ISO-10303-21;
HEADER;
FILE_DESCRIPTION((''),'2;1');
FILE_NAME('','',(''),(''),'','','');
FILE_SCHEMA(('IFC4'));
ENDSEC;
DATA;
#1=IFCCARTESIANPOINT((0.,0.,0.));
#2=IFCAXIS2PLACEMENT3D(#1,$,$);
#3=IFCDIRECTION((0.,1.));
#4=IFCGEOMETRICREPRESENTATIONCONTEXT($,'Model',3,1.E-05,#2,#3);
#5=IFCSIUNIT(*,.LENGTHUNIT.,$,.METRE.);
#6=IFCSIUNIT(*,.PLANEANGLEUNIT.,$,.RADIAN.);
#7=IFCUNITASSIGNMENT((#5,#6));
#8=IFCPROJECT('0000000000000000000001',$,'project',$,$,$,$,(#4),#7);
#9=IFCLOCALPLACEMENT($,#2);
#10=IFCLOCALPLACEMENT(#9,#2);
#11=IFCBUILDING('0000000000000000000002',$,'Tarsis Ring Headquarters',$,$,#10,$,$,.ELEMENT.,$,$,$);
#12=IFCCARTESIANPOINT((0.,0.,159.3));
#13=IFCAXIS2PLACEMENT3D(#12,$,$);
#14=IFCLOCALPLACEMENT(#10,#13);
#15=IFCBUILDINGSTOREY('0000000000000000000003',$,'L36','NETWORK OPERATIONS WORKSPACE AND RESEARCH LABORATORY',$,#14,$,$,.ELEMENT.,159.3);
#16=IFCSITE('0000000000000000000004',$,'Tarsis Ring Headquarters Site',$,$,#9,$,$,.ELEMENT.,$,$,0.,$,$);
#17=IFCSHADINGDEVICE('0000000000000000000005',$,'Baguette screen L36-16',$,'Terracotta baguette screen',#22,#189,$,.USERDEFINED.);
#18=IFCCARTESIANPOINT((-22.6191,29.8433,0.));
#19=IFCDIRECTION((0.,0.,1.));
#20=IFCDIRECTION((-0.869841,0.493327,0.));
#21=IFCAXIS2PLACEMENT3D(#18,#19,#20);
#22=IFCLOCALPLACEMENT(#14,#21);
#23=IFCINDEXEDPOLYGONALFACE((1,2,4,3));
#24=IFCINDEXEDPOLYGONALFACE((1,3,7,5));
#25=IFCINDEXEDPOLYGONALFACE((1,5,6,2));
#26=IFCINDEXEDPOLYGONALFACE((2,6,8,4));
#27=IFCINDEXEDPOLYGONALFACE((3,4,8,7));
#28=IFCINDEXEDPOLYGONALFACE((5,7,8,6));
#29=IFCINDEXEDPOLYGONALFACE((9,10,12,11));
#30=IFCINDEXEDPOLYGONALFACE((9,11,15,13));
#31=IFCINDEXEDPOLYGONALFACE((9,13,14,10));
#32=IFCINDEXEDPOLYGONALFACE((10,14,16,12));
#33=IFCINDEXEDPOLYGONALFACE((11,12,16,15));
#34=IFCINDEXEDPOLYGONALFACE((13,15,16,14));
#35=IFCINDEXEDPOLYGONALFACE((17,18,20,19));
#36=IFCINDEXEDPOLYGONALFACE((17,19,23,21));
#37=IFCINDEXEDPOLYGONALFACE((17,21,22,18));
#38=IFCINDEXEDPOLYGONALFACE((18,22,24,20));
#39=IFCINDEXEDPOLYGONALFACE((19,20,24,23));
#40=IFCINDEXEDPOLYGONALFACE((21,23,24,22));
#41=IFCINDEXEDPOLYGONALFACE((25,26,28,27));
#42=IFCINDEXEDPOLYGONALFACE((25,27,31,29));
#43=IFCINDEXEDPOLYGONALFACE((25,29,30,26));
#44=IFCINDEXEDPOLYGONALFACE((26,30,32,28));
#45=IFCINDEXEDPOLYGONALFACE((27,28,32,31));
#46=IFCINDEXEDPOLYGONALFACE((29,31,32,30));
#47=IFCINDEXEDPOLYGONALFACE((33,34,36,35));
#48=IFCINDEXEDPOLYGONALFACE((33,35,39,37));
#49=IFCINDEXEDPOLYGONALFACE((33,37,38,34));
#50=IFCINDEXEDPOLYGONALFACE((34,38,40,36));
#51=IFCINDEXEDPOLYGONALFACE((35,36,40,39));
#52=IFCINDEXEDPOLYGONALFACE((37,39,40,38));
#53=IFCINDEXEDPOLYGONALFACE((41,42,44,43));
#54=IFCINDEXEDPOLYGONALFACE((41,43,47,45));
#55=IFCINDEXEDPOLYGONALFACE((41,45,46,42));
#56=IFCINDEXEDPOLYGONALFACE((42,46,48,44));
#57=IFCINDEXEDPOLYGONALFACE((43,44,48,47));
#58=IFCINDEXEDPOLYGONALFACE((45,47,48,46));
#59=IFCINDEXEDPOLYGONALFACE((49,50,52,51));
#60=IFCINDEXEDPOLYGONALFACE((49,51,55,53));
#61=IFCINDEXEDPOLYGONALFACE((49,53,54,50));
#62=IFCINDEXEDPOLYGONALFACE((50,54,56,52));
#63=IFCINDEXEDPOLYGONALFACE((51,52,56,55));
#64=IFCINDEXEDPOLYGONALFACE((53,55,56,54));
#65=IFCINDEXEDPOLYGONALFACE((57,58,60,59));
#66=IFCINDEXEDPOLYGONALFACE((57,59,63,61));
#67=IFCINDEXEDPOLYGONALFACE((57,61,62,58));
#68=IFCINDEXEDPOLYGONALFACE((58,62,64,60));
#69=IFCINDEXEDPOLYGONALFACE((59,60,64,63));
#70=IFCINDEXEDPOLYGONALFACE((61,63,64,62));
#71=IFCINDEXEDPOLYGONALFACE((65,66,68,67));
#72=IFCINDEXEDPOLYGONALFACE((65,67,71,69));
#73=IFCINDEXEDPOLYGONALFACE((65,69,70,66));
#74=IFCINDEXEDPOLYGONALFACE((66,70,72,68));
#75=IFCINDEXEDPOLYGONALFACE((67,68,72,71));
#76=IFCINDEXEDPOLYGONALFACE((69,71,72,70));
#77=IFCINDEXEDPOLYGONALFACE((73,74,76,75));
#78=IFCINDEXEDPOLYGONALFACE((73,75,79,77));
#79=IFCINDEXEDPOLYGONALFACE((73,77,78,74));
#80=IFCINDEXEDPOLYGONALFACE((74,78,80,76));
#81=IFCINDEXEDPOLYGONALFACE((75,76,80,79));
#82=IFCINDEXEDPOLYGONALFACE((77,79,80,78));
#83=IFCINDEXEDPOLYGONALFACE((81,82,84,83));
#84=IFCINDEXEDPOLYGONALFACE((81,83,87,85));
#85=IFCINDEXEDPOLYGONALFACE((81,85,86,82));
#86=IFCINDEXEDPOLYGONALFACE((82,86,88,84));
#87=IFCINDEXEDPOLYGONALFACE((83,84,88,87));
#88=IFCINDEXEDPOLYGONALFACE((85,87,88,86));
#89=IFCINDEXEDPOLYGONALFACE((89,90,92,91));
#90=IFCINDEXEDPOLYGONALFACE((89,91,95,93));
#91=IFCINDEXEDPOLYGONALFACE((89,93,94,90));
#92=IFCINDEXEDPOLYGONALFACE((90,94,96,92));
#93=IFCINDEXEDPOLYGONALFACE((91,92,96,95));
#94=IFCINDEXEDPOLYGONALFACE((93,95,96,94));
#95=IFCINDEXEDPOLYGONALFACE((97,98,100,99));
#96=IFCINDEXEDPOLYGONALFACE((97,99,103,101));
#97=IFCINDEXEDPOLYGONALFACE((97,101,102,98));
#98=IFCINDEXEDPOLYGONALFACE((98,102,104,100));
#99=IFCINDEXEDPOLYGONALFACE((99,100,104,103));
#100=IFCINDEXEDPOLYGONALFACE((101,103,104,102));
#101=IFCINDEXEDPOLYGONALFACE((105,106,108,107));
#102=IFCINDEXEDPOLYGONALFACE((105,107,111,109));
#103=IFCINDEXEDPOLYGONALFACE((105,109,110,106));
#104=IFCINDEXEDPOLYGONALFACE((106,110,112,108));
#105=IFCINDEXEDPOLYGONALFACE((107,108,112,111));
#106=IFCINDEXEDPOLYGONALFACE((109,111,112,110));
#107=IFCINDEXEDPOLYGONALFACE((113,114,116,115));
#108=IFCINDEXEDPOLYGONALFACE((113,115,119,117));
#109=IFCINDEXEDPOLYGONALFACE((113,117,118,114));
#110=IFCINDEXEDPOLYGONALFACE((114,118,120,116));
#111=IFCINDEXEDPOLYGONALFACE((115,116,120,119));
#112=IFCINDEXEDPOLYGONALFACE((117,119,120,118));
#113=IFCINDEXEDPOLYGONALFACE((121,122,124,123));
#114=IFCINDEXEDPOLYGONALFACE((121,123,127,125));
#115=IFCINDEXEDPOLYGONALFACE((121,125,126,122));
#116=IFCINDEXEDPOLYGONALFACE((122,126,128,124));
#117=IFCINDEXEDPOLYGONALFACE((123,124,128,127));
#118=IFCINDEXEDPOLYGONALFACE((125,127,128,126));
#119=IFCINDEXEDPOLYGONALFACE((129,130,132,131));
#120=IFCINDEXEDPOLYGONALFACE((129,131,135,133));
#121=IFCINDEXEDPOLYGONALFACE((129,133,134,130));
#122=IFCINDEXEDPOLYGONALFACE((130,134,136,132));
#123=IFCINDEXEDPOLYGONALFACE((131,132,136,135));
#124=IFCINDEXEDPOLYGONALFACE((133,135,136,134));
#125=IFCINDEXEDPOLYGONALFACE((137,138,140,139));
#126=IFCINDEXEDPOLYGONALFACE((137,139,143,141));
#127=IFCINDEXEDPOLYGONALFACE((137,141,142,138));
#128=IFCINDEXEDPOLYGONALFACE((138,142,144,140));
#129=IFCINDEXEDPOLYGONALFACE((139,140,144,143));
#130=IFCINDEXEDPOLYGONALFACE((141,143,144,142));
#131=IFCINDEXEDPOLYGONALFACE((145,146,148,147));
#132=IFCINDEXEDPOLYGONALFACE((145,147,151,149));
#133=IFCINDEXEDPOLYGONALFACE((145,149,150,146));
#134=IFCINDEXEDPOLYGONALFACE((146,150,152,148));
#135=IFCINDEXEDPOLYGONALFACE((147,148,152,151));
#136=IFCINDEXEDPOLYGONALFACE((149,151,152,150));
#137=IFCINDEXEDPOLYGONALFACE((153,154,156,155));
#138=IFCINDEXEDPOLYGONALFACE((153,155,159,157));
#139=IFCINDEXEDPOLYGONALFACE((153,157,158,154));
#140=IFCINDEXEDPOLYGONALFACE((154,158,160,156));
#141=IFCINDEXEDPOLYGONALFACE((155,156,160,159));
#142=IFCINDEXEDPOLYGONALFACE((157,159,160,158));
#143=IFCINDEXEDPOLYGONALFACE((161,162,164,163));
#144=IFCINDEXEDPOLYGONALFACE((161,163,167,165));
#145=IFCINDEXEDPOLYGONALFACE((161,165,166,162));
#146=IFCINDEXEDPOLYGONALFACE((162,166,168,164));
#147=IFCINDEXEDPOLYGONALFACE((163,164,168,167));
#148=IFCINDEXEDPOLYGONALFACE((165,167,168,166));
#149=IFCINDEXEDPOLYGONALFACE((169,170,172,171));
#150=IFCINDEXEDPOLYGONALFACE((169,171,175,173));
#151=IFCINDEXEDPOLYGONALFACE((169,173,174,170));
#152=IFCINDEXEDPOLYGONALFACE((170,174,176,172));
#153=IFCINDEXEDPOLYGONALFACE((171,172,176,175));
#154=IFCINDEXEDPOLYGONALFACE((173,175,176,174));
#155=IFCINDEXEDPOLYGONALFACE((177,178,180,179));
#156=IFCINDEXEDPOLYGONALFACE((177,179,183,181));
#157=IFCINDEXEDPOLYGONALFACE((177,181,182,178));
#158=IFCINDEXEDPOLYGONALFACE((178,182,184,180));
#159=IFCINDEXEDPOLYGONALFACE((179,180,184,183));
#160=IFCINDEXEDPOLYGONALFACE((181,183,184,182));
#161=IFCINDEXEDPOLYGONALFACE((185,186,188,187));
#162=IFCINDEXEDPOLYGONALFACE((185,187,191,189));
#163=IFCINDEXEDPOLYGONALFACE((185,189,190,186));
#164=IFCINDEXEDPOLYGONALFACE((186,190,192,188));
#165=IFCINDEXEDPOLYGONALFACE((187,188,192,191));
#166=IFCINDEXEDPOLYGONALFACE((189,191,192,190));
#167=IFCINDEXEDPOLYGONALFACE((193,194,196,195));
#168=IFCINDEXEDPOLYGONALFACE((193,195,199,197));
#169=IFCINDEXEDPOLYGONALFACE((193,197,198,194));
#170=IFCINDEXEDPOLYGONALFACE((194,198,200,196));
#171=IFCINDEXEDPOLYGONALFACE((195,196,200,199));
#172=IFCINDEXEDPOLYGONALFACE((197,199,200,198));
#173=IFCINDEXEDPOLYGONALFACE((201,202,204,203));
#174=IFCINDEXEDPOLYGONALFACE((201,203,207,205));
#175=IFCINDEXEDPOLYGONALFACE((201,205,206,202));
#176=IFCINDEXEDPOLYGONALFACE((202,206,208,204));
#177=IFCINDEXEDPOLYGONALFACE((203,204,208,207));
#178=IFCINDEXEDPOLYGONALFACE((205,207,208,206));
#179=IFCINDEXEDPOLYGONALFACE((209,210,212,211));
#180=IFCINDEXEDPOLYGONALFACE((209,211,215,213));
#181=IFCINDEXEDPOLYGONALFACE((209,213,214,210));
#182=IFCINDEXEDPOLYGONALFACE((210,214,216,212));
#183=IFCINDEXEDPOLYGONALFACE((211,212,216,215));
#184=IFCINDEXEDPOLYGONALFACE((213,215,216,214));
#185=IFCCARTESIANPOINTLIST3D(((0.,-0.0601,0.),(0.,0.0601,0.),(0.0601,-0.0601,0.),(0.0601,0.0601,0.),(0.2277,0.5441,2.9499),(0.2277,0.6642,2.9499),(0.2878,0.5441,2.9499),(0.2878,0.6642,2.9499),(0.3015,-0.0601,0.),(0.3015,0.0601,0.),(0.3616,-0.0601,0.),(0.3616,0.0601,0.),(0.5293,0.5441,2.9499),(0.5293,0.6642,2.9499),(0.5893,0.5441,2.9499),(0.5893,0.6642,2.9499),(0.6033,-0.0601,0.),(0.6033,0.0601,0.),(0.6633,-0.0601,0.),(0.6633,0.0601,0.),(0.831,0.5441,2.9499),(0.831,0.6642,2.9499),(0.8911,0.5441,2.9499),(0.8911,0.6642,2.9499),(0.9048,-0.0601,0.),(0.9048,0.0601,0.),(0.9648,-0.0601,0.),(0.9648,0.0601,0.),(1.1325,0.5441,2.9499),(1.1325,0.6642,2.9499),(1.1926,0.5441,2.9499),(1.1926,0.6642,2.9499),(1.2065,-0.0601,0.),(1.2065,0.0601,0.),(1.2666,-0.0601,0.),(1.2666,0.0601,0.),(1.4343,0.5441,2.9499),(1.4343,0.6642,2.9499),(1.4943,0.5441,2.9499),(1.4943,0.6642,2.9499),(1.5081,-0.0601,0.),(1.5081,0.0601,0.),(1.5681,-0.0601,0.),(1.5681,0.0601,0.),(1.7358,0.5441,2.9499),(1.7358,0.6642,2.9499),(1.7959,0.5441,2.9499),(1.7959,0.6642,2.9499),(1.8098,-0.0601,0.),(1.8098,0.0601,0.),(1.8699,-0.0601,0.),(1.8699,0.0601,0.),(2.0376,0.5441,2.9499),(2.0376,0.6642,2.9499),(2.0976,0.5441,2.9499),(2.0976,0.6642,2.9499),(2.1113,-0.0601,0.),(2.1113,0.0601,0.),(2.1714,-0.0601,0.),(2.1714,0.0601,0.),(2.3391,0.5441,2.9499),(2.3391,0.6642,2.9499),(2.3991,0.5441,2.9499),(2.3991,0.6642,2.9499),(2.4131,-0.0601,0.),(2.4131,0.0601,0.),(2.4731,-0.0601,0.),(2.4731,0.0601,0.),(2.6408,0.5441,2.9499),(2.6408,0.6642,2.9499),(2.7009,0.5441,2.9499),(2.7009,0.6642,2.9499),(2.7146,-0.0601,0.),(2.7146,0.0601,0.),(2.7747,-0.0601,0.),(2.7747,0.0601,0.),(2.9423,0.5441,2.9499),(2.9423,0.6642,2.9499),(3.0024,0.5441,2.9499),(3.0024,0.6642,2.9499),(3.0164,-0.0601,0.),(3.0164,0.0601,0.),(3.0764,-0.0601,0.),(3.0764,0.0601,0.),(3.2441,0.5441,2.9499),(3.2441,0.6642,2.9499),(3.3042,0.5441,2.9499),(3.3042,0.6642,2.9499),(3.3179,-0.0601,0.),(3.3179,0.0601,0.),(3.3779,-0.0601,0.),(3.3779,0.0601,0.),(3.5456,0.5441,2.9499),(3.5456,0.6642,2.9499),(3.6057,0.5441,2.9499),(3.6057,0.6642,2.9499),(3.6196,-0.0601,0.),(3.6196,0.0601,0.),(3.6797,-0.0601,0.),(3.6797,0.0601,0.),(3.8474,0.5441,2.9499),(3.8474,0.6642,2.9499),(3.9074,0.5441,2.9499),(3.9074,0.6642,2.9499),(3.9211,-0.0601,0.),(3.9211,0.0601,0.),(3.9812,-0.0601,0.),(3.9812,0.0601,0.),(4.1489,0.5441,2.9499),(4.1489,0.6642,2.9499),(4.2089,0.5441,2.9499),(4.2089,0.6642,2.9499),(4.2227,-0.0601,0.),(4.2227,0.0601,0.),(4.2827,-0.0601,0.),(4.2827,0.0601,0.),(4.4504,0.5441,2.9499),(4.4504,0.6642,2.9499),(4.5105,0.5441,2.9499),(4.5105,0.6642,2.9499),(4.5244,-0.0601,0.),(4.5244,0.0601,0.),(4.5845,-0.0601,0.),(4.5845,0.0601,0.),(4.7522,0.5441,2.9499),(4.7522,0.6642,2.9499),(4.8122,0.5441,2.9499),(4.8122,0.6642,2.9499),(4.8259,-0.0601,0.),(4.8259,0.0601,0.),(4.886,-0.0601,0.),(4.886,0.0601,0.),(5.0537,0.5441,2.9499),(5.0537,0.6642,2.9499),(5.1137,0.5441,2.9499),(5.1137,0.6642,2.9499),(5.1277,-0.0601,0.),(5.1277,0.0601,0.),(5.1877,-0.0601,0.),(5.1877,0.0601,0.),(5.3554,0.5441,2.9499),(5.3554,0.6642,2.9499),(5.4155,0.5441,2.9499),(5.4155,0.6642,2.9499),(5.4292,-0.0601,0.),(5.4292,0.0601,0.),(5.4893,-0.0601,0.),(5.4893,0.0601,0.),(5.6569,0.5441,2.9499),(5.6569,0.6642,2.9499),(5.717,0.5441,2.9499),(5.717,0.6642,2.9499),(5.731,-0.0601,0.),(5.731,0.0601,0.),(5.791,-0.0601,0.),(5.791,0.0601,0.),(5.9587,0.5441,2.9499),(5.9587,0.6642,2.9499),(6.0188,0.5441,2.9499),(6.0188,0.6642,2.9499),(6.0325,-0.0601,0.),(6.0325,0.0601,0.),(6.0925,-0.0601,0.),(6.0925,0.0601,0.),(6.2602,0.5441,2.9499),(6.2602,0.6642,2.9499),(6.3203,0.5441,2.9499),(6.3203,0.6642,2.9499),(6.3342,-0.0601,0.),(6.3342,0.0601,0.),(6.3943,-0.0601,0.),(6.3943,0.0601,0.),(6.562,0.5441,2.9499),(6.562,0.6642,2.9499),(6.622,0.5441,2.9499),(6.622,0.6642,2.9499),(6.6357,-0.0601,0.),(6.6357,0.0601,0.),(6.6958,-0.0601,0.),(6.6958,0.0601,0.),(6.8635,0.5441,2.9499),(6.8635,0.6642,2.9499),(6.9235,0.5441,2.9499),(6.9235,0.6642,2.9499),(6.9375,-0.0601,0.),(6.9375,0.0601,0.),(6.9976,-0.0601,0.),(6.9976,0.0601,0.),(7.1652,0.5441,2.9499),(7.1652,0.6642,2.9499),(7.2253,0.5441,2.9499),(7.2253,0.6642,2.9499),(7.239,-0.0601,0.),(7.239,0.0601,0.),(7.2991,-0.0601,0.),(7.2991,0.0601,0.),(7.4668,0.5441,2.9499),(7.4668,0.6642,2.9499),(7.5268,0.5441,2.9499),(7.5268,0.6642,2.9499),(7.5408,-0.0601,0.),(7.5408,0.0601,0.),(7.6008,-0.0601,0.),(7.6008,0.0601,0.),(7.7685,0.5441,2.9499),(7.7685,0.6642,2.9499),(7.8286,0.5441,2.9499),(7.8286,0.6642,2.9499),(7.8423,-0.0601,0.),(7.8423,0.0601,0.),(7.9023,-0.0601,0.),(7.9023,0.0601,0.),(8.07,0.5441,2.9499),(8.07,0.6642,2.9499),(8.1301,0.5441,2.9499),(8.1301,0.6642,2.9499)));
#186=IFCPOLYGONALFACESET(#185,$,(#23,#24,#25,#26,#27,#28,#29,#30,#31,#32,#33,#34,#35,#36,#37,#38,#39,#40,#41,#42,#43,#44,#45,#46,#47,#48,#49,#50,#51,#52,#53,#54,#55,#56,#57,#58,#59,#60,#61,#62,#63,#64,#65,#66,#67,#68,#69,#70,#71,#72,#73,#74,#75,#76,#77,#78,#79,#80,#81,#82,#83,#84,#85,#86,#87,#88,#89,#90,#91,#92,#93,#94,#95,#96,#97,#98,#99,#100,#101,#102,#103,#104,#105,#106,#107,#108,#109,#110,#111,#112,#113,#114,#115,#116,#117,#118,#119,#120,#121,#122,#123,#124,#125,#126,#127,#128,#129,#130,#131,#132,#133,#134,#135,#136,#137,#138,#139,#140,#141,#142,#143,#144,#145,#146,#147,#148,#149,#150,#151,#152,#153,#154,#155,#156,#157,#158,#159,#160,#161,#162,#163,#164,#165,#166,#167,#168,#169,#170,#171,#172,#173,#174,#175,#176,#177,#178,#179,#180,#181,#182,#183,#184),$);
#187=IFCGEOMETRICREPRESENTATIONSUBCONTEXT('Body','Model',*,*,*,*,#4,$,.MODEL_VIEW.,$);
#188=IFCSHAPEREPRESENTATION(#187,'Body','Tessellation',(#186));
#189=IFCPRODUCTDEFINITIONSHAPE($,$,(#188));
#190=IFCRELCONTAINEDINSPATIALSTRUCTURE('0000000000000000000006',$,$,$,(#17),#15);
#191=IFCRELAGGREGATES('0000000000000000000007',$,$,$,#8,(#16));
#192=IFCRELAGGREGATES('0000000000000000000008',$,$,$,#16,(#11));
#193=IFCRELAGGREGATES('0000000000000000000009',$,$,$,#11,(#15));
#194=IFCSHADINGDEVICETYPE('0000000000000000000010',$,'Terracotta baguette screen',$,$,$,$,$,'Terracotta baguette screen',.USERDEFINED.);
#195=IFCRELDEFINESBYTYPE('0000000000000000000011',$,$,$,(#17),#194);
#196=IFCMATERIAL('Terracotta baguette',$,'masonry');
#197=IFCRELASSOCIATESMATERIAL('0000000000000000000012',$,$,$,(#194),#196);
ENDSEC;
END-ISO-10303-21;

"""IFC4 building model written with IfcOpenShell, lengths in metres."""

from ifc_helpers import new_model, si_unit, direction, frame, frame_2d, origin, place, context, subcontext, project, spatial, rectangle, composite_profile, extrude, material, type_object, element, save


model = new_model("IFC4")

# Units and contexts
model_context = context("Model", 3, precision=1e-05, world=origin(), true_north=direction((0.0, 1.0)))
body_context = subcontext(model_context, "Body", "Model", "MODEL_VIEW")
ifc_project = project(units=[si_unit("LENGTHUNIT", "METRE"), si_unit("PLANEANGLEUNIT", "RADIAN")], contexts=[model_context])

# Site, building, storey
site_placement = place(None, origin())
site = spatial("IfcSite", under=ifc_project, at=site_placement, Name="Tarsis Ring Headquarters Site", CompositionType="ELEMENT", RefElevation=0.0)
building_placement = place(site_placement, origin())
building = spatial("IfcBuilding", under=site, at=building_placement, Name="Tarsis Ring Headquarters", CompositionType="ELEMENT")
storey_placement = place(building_placement, frame((0.0, 0.0, 159.3)))
storey = spatial("IfcBuildingStorey", under=building, at=storey_placement, Name="L36", Description="NETWORK OPERATIONS WORKSPACE AND RESEARCH LABORATORY", CompositionType="ELEMENT", Elevation=159.3)

# Shading device
ifc_material_1 = material(Name="Terracotta baguette", Category="masonry")
shading_device_type_1 = type_object("IfcShadingDeviceType", Name="Terracotta baguette screen", ElementType="Terracotta baguette screen", PredefinedType="USERDEFINED", material=ifc_material_1)
shading_device_placement = place(storey_placement, frame((-22.6191, 29.8433, 0.0), z_axis=(0.0, 0.0, 1.0), x_axis=(-0.869841, 0.493327, 0.0)))
element("IfcShadingDevice", 1, at=shading_device_placement, inside=storey, type_object=shading_device_type_1, Name="Baguette screen L36-16", ObjectType="Terracotta baguette screen", PredefinedType="USERDEFINED", context=body_context, shape_type="SweptSolid", body=[
    extrude(composite_profile([rectangle(XDim=0.0601, YDim=0.1201, at=frame_2d((0.03, 0.0))), rectangle(XDim=0.0601, YDim=0.1201, at=frame_2d((0.3315, 0.0))), rectangle(XDim=0.0601, YDim=0.1201, at=frame_2d((0.6333, 0.0))), rectangle(XDim=0.0601, YDim=0.1201, at=frame_2d((0.9348, 0.0))), rectangle(XDim=0.0601, YDim=0.1201, at=frame_2d((1.2366, 0.0))), rectangle(XDim=0.0601, YDim=0.1201, at=frame_2d((1.5381, 0.0))), rectangle(XDim=0.0601, YDim=0.1201, at=frame_2d((1.8398, 0.0))), rectangle(XDim=0.0601, YDim=0.1201, at=frame_2d((2.1414, 0.0))), rectangle(XDim=0.0601, YDim=0.1201, at=frame_2d((2.4431, 0.0))), rectangle(XDim=0.0601, YDim=0.1201, at=frame_2d((2.7446, 0.0))), rectangle(XDim=0.0601, YDim=0.1201, at=frame_2d((3.0464, 0.0))), rectangle(XDim=0.0601, YDim=0.1201, at=frame_2d((3.3479, 0.0))), rectangle(XDim=0.0601, YDim=0.1201, at=frame_2d((3.6497, 0.0))), rectangle(XDim=0.0601, YDim=0.1201, at=frame_2d((3.9512, 0.0))), rectangle(XDim=0.0601, YDim=0.1201, at=frame_2d((4.2527, 0.0))), rectangle(XDim=0.0601, YDim=0.1201, at=frame_2d((4.5544, 0.0))), rectangle(XDim=0.0601, YDim=0.1201, at=frame_2d((4.856, 0.0))), rectangle(XDim=0.0601, YDim=0.1201, at=frame_2d((5.1577, 0.0))), rectangle(XDim=0.0601, YDim=0.1201, at=frame_2d((5.4592, 0.0))), rectangle(XDim=0.0601, YDim=0.1201, at=frame_2d((5.761, 0.0))), rectangle(XDim=0.0601, YDim=0.1201, at=frame_2d((6.0625, 0.0))), rectangle(XDim=0.0601, YDim=0.1201, at=frame_2d((6.3643, 0.0))), rectangle(XDim=0.0601, YDim=0.1201, at=frame_2d((6.6658, 0.0))), rectangle(XDim=0.0601, YDim=0.1201, at=frame_2d((6.9675, 0.0))), rectangle(XDim=0.0601, YDim=0.1201, at=frame_2d((7.269, 0.0))), rectangle(XDim=0.0601, YDim=0.1201, at=frame_2d((7.5708, 0.0))), rectangle(XDim=0.0601, YDim=0.1201, at=frame_2d((7.8723, 0.0)))]), origin(), (0.075416, 0.200074, 0.976874), 3.0198),
])

save(model, "model.ifc")
